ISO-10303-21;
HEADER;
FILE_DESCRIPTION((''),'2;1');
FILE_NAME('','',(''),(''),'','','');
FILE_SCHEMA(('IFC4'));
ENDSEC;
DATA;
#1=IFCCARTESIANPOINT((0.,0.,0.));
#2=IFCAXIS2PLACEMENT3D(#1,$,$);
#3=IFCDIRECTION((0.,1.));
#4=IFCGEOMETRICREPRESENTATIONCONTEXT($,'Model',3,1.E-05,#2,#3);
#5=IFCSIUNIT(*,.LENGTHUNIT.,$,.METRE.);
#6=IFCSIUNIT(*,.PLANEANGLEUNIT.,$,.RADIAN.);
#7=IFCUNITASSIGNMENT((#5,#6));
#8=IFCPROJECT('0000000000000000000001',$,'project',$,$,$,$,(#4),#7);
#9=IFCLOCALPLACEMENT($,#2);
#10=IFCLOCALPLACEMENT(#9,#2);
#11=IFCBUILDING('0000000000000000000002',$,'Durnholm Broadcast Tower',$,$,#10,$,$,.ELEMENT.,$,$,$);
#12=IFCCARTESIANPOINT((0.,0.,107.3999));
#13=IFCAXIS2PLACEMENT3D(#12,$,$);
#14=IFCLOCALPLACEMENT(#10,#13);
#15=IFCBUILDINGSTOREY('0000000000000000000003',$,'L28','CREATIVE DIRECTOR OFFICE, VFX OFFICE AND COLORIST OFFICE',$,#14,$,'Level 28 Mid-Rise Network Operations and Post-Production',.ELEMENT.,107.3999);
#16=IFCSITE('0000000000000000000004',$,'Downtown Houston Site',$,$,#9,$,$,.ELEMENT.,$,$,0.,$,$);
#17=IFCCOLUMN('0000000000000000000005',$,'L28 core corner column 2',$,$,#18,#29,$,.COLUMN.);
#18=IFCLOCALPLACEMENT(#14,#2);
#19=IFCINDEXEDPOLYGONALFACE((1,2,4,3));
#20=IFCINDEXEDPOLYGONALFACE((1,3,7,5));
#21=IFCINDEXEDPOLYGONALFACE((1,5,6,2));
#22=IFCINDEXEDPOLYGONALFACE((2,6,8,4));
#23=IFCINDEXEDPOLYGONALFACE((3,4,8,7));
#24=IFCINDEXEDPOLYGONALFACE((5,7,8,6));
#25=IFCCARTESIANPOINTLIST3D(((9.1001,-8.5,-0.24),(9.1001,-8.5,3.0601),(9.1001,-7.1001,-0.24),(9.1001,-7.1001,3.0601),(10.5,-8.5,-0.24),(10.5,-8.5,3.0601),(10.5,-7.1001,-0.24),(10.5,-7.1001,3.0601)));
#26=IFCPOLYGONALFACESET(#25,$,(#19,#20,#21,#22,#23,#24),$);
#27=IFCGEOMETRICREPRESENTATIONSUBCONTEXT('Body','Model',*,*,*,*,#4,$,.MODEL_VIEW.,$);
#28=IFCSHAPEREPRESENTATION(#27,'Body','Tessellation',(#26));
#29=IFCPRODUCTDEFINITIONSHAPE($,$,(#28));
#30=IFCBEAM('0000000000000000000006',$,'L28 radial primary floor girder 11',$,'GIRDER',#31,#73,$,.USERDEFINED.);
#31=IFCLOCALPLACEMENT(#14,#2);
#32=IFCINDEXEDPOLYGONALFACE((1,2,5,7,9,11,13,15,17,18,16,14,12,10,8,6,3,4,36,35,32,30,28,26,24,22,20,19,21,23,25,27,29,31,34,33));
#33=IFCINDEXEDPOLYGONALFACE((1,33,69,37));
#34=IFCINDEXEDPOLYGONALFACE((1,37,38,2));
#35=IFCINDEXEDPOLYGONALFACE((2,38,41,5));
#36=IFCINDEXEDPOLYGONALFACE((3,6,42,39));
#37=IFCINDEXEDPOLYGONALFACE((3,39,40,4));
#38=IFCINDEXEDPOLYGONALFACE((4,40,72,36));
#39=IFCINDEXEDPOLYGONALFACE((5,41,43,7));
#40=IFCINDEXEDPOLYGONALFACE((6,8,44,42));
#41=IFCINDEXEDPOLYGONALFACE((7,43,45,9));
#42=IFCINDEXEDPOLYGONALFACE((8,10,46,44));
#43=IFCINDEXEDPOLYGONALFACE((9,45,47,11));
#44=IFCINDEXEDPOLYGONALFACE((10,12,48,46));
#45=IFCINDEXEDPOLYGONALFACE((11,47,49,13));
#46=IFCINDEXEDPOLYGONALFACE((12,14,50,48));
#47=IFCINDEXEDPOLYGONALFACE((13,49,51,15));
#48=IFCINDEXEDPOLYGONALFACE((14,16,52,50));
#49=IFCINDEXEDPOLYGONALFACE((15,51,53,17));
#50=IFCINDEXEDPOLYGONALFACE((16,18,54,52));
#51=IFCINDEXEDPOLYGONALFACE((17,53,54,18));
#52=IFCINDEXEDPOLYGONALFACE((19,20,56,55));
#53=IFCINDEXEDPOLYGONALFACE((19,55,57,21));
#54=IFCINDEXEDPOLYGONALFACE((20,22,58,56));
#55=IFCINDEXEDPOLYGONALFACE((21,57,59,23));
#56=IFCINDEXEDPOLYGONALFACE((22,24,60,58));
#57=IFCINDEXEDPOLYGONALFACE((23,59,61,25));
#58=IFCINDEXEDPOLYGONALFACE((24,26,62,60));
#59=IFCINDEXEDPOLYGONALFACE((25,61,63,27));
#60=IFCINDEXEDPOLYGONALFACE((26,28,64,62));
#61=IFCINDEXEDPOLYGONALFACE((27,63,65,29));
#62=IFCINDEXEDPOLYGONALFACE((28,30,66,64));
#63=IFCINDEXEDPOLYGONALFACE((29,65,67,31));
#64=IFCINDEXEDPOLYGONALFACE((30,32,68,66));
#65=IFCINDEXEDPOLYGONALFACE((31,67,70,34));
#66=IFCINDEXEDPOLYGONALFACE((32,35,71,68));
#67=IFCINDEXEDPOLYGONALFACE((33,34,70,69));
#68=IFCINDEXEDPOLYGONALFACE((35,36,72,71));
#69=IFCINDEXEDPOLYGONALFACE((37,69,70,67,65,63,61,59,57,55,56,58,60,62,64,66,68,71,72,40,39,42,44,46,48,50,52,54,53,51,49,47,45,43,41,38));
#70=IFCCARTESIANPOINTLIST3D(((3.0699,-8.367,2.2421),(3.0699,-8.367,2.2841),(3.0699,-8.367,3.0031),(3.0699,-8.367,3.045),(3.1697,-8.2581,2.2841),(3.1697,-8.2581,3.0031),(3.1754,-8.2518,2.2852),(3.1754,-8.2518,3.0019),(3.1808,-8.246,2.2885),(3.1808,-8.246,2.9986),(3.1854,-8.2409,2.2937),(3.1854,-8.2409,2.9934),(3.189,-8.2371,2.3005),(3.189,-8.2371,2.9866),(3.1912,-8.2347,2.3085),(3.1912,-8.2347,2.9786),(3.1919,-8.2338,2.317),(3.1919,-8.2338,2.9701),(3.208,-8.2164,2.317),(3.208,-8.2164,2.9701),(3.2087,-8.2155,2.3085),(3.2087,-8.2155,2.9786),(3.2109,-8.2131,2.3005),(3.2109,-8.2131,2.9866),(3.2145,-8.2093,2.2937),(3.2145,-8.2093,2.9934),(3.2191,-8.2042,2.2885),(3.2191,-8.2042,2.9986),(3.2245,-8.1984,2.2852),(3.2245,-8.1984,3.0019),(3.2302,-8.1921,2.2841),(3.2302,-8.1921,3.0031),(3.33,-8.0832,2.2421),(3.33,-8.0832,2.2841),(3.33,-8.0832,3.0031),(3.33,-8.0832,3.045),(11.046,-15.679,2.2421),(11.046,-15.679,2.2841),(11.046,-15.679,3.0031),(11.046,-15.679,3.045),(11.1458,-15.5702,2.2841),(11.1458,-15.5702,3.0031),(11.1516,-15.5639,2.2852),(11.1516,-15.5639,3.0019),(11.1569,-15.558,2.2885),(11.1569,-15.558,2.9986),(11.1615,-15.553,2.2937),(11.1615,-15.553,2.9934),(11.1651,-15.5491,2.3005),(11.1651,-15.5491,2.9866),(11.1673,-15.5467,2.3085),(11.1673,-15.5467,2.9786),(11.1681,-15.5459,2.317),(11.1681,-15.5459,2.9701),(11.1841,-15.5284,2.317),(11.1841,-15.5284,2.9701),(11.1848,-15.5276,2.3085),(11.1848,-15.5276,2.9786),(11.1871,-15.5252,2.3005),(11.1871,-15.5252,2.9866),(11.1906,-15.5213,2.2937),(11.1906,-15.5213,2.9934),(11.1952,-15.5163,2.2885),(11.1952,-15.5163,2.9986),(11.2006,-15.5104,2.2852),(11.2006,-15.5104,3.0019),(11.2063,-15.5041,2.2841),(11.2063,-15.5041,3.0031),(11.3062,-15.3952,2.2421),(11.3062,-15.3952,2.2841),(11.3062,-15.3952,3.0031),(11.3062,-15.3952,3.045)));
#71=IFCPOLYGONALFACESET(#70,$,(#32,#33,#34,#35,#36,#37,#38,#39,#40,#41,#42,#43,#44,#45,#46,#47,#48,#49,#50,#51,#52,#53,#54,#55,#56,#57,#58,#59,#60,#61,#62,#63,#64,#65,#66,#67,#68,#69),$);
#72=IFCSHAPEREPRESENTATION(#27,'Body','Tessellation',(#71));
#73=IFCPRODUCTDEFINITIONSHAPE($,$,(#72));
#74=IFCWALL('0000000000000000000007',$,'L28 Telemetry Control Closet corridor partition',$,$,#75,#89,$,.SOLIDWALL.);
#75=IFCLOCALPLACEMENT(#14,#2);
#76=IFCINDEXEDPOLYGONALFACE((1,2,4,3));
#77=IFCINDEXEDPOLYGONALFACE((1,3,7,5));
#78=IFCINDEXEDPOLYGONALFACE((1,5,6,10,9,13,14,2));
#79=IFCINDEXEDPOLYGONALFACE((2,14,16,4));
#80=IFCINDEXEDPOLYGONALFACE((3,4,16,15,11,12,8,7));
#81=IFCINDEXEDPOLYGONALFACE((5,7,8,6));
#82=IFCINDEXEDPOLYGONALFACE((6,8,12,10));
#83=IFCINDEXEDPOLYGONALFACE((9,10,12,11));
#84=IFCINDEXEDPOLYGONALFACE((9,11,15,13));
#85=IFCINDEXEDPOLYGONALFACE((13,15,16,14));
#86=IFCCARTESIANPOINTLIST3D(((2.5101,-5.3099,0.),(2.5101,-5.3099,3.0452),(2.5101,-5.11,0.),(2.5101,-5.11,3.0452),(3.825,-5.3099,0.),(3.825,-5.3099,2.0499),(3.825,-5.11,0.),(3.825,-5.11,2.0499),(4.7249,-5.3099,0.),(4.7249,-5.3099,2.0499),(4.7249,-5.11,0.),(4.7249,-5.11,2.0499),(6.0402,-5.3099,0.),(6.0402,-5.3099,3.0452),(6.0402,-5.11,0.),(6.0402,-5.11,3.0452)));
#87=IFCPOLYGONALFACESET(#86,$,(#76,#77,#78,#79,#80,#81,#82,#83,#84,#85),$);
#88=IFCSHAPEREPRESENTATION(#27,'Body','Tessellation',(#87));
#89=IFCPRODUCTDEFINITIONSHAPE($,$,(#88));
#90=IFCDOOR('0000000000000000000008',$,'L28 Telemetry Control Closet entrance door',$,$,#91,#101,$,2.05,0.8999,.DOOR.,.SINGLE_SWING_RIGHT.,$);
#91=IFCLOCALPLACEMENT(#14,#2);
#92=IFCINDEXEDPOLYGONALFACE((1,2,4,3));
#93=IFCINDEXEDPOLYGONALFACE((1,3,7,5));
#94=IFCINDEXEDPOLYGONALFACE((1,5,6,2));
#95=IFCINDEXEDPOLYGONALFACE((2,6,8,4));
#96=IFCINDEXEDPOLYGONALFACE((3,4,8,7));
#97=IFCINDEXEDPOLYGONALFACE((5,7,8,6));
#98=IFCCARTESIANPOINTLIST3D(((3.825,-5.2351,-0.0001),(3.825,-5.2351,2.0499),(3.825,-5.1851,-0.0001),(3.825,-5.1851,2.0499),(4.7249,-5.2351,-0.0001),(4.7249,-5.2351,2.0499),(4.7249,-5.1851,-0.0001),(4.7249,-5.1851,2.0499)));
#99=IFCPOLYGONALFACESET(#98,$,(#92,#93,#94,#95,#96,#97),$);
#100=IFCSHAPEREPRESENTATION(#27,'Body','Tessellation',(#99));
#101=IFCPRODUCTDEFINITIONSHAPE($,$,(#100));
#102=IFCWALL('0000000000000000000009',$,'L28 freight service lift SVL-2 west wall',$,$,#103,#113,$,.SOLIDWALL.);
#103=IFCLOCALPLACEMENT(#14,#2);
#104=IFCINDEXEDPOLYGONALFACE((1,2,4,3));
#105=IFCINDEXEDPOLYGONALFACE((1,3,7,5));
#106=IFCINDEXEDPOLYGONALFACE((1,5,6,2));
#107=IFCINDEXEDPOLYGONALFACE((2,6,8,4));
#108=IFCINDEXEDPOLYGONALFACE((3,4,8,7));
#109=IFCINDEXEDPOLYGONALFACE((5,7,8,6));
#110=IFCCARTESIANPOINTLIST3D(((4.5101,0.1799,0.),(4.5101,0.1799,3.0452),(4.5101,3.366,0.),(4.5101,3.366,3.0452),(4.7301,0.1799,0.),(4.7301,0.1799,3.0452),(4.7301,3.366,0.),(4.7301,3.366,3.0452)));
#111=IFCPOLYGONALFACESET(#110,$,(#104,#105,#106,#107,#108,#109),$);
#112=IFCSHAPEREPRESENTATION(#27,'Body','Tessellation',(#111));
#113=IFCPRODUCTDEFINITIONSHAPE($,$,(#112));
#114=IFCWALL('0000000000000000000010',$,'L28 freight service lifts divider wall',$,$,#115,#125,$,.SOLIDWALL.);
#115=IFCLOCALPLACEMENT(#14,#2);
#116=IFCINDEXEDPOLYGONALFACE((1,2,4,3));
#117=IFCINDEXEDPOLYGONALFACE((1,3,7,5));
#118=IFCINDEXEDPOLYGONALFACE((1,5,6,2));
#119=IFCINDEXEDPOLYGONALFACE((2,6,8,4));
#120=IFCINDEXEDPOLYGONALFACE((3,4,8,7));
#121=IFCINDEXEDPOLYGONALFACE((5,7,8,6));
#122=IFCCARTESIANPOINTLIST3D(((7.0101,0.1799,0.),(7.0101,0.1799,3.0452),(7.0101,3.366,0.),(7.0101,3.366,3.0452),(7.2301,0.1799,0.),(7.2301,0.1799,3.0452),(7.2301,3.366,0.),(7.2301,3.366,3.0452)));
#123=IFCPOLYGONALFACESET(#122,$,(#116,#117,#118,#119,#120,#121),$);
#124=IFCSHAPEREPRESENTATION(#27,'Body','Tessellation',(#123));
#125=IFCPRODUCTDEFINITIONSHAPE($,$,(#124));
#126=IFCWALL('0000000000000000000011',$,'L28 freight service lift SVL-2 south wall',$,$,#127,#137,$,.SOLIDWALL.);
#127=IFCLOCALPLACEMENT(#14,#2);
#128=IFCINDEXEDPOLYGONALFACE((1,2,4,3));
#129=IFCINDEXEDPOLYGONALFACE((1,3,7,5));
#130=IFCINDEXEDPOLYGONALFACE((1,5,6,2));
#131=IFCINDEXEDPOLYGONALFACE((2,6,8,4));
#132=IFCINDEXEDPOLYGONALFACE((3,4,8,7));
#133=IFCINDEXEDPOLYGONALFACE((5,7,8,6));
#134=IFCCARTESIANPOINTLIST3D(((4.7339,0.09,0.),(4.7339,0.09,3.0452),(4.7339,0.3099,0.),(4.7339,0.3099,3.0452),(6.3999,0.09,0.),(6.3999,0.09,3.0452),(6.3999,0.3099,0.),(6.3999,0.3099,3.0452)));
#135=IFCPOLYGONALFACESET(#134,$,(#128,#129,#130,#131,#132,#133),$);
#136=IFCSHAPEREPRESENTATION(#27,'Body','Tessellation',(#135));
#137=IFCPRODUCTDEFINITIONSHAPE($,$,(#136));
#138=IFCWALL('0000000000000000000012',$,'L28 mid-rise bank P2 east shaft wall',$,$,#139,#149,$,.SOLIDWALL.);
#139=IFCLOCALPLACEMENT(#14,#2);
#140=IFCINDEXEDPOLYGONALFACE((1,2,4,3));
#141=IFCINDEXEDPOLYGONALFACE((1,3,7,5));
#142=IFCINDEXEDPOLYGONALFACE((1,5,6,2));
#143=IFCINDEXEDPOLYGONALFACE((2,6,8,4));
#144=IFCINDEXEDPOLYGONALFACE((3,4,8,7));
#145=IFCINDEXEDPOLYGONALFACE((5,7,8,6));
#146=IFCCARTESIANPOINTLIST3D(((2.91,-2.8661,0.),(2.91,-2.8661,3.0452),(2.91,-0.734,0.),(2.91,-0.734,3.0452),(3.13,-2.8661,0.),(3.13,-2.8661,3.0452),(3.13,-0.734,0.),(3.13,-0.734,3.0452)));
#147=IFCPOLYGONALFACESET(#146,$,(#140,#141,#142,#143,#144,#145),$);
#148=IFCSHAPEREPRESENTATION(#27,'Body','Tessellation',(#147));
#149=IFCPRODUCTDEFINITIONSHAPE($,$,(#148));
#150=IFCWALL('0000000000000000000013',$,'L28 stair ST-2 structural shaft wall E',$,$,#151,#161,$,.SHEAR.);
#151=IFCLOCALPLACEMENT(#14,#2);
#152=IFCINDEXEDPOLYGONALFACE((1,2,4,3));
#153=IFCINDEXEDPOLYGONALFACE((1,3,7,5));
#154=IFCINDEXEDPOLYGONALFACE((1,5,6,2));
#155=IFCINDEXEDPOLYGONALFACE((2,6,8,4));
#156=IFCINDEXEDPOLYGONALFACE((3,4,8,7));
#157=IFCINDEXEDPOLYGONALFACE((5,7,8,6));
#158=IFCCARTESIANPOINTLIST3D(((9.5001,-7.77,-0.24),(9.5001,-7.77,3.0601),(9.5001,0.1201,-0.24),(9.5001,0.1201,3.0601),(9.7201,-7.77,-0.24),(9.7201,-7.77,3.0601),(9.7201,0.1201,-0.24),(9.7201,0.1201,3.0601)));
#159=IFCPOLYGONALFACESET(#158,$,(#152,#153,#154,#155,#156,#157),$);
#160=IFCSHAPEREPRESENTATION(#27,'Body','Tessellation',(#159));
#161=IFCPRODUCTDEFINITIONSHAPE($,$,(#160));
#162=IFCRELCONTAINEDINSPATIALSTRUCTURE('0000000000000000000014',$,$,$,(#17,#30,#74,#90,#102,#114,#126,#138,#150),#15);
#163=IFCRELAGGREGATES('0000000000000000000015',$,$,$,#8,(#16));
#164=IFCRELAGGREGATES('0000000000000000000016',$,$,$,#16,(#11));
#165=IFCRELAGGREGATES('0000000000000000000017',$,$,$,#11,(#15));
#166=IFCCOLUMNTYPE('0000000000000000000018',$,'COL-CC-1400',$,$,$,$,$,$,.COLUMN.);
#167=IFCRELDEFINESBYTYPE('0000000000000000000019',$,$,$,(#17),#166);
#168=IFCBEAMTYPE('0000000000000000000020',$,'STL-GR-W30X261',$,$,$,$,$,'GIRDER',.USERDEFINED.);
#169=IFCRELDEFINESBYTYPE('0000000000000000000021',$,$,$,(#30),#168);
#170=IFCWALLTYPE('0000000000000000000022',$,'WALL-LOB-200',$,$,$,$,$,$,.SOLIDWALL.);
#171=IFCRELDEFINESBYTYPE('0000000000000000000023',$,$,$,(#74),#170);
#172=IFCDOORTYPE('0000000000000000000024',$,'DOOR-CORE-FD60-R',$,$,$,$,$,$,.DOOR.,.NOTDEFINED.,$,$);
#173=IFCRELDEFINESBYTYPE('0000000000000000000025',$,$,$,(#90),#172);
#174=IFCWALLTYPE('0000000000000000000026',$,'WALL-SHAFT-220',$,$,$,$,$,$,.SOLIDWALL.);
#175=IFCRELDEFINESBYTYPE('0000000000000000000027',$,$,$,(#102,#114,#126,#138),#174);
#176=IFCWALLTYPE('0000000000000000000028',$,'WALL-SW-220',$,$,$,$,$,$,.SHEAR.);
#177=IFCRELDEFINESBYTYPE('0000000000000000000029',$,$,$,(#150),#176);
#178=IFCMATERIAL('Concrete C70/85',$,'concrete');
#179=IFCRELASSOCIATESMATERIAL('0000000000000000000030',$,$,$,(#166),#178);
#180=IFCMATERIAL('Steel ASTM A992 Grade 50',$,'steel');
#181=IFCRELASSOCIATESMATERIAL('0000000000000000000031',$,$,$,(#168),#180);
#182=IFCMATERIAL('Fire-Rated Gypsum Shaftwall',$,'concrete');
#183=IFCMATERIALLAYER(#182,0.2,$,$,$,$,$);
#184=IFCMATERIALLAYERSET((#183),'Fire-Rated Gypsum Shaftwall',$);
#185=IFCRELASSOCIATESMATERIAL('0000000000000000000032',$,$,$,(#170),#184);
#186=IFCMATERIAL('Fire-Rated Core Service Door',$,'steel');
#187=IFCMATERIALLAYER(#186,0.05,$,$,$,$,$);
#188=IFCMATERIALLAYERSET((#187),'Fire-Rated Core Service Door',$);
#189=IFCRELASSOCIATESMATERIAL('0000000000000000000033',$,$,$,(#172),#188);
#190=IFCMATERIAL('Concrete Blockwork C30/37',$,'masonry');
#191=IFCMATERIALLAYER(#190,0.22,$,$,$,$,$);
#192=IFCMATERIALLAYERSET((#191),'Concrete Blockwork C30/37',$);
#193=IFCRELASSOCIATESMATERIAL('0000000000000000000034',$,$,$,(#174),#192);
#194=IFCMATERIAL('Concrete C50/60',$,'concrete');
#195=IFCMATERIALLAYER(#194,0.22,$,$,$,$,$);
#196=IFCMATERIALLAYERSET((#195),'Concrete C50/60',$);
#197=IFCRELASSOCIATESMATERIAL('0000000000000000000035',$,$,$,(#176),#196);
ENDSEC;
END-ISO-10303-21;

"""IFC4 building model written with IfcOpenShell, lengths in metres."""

from ifc_helpers import new_model, si_unit, direction, frame, frame_2d, origin, origin_2d, place, context, subcontext, project, spatial, rectangle, i_section, extrude, source, transform, mapped, material, layer, layer_set, material_profile, profile_set, type_object, type_shapes, element, fill, save


model = new_model("IFC4")

# Units and contexts
model_context = context("Model", 3, precision=1e-05, world=origin(), true_north=direction((0.0, 1.0)))
body_context = subcontext(model_context, "Body", "Model", "MODEL_VIEW")
ifc_project = project(units=[si_unit("LENGTHUNIT", "METRE"), si_unit("PLANEANGLEUNIT", "RADIAN")], contexts=[model_context])

# Site, building, storey
site_placement = place(None, origin())
site = spatial("IfcSite", under=ifc_project, at=site_placement, Name="Downtown Houston Site", CompositionType="ELEMENT", RefElevation=0.0)
building_placement = place(site_placement, origin())
building = spatial("IfcBuilding", under=site, at=building_placement, Name="Durnholm Broadcast Tower", CompositionType="ELEMENT")
storey_placement = place(building_placement, frame((0.0, 0.0, 107.3999)))
storey = spatial("IfcBuildingStorey", under=building, at=storey_placement, Name="L28", Description="CREATIVE DIRECTOR OFFICE, VFX OFFICE AND COLORIST OFFICE", LongName="Level 28 Mid-Rise Network Operations and Post-Production", CompositionType="ELEMENT", Elevation=107.3999)

# Column
ifc_material_1 = material(Name="Concrete C70/85", Category="concrete")
ifc_material_profile_1 = material_profile(ifc_material_1, rectangle(XDim=1.3999, YDim=1.3999, at=origin_2d()), Name="RC1400X1400")
ifc_profile_set_1 = profile_set([ifc_material_profile_1], Name="Concrete C70/85")
column_type = type_object("IfcColumnType", Name="COL-CC-1400", PredefinedType="COLUMN", material=ifc_profile_set_1)
shared_shape_1 = source(origin(), body_context, "Body", "SweptSolid", [
    extrude(rectangle(XDim=1.3999, YDim=1.3999, at=origin_2d()), origin(), (0.0, 0.0, 1.0), 3.3),
])
type_shapes(column_type, [shared_shape_1])
column_placement = place(storey_placement, frame((9.8, -7.8, -0.24), z_axis=(0.0, 0.0, 1.0), x_axis=(1.0, 0.0, 0.0)))
element("IfcColumn", 1, at=column_placement, inside=storey, type_object=column_type, Name="L28 core corner column 2", PredefinedType="COLUMN", context=body_context, shape_type="MappedRepresentation", body=[
    mapped(shared_shape_1, transform((0.0, 0.0, 0.0), x_axis=(1.0, 0.0, 0.0), y_axis=(0.0, 1.0, 0.0), z_axis=(0.0, 0.0, 1.0), scale=1.0)),
])

# Beam
ifc_material_2 = material(Name="Steel ASTM A992 Grade 50", Category="steel")
ifc_material_profile_2 = material_profile(ifc_material_2, i_section(OverallWidth=0.385, OverallDepth=0.803, WebThickness=0.0237, FlangeThickness=0.042, FilletRadius=0.033, at=origin_2d()), Name="W30X261")
ifc_profile_set_2 = profile_set([ifc_material_profile_2], Name="Steel ASTM A992 Grade 50")
beam_type = type_object("IfcBeamType", Name="STL-GR-W30X261", ElementType="GIRDER", PredefinedType="USERDEFINED", material=ifc_profile_set_2)
shared_shape_2 = source(origin(), body_context, "Body", "SweptSolid", [
    extrude(i_section(OverallWidth=0.385, OverallDepth=0.803, WebThickness=0.0237, FlangeThickness=0.042, FilletRadius=0.033, at=origin_2d()), origin(), (0.0, 0.0, 1.0), 10.8206),
])
type_shapes(beam_type, [shared_shape_2])
beam_placement = place(storey_placement, frame((3.2, -8.2251, 2.6436), z_axis=(0.737126, -0.675755, 0.0), x_axis=(0.675755, 0.737126, 0.0)))
element("IfcBeam", 2, at=beam_placement, inside=storey, type_object=beam_type, Name="L28 radial primary floor girder 11", ObjectType="GIRDER", PredefinedType="USERDEFINED", context=body_context, shape_type="MappedRepresentation", body=[
    mapped(shared_shape_2, transform((0.0, 0.0, 0.0), x_axis=(1.0, 0.0, 0.0), y_axis=(0.0, 1.0, 0.0), z_axis=(0.0, 0.0, 1.0), scale=1.0)),
])

# Wall, opening, door
ifc_material_3 = material(Name="Fire-Rated Gypsum Shaftwall", Category="concrete")
ifc_layer_1 = layer(ifc_material_3, 0.2)
ifc_layer_set_1 = layer_set([ifc_layer_1], Name="Fire-Rated Gypsum Shaftwall")
wall_type_1 = type_object("IfcWallType", Name="WALL-LOB-200", PredefinedType="SOLIDWALL", material=ifc_layer_set_1)
wall_1_placement = place(storey_placement, frame((2.51, -5.21, 0.0), z_axis=(0.0, 0.0, 1.0), x_axis=(1.0, 0.0, 0.0)))
wall_1 = element("IfcWall", 3, at=wall_1_placement, inside=storey, type_object=wall_type_1, Name="L28 Telemetry Control Closet corridor partition", PredefinedType="SOLIDWALL", context=body_context, shape_type="SweptSolid", body=[
    extrude(rectangle(XDim=3.53, YDim=0.2, at=frame_2d((1.7651, 0.0))), origin(), (0.0, 0.0, 1.0), 3.0452),
])
opening_1_placement = place(wall_1_placement, frame((1.3149, 0.0, 0.0)))
opening_1 = element("IfcOpeningElement", 4, at=opening_1_placement, cuts=wall_1, PredefinedType="OPENING", context=body_context, shape_type="SweptSolid", body=[
    extrude(rectangle(XDim=0.8999, YDim=2.05, at=frame_2d((0.45, 1.0249))), frame((0.0, 0.1099, 0.0), z_axis=(0.0, -1.0, 0.0), x_axis=(1.0, 0.0, 0.0)), (0.0, 0.0, 1.0), 0.22),
])
ifc_material_4 = material(Name="Fire-Rated Core Service Door", Category="steel")
ifc_layer_2 = layer(ifc_material_4, 0.05)
ifc_layer_set_2 = layer_set([ifc_layer_2], Name="Fire-Rated Core Service Door")
door_type_1 = type_object("IfcDoorType", Name="DOOR-CORE-FD60-R", OperationType="NOTDEFINED", PredefinedType="DOOR", material=ifc_layer_set_2)
shared_shape_3 = source(origin(), body_context, "Body", "SweptSolid", [
    extrude(rectangle(XDim=0.8999, YDim=2.05, at=frame_2d((0.45, 1.0249))), frame((0.0, 0.0249, 0.0), z_axis=(0.0, -1.0, 0.0), x_axis=(1.0, 0.0, 0.0)), (0.0, 0.0, 1.0), 0.05),
])
type_shapes(door_type_1, [shared_shape_3])
door_1_placement = place(opening_1_placement, origin())
door_1 = element("IfcDoor", 5, at=door_1_placement, inside=storey, type_object=door_type_1, Name="L28 Telemetry Control Closet entrance door", OperationType="SINGLE_SWING_RIGHT", OverallHeight=2.05, OverallWidth=0.8999, PredefinedType="DOOR", context=body_context, shape_type="MappedRepresentation", body=[
    mapped(shared_shape_3, transform((0.0, 0.0, 0.0), x_axis=(1.0, 0.0, 0.0), y_axis=(0.0, 1.0, 0.0), z_axis=(0.0, 0.0, 1.0), scale=1.0)),
])
fill(opening_1, door_1)

# Walls
ifc_material_5 = material(Name="Concrete Blockwork C30/37", Category="masonry")
ifc_layer_3 = layer(ifc_material_5, 0.22)
ifc_layer_set_3 = layer_set([ifc_layer_3], Name="Concrete Blockwork C30/37")
wall_type_2 = type_object("IfcWallType", Name="WALL-SHAFT-220", PredefinedType="SOLIDWALL", material=ifc_layer_set_3)
for number, where, z_axis, x_axis, name in (
    (6, (4.6201, 0.1799, 0.0), (0.0, 0.0, 1.0), (0.0, 1.0, 0.0), "L28 freight service lift SVL-2 west wall"),
    (7, (7.1201, 0.1799, 0.0), (0.0, 0.0, 1.0), (0.0, 1.0, 0.0), "L28 freight service lifts divider wall"),
):
    element("IfcWall", number, at=place(storey_placement, frame(where, z_axis=z_axis, x_axis=x_axis)), inside=storey, type_object=wall_type_2, Name=name, PredefinedType="SOLIDWALL", context=body_context, shape_type="SweptSolid", body=[
        extrude(rectangle(XDim=3.186, YDim=0.22, at=frame_2d((1.593, 0.0))), origin(), (0.0, 0.0, 1.0), 3.0452),
    ])
wall_2_placement = place(storey_placement, frame((4.7339, 0.2, 0.0), z_axis=(0.0, 0.0, 1.0), x_axis=(1.0, 0.0, 0.0)))
element("IfcWall", 8, at=wall_2_placement, inside=storey, type_object=wall_type_2, Name="L28 freight service lift SVL-2 south wall", PredefinedType="SOLIDWALL", context=body_context, shape_type="SweptSolid", body=[
    extrude(rectangle(XDim=1.666, YDim=0.22, at=frame_2d((0.833, 0.0))), origin(), (0.0, 0.0, 1.0), 3.0452),
])
wall_3_placement = place(storey_placement, frame((3.02, -2.866, 0.0), z_axis=(0.0, 0.0, 1.0), x_axis=(0.0, 1.0, 0.0)))
element("IfcWall", 9, at=wall_3_placement, inside=storey, type_object=wall_type_2, Name="L28 mid-rise bank P2 east shaft wall", PredefinedType="SOLIDWALL", context=body_context, shape_type="SweptSolid", body=[
    extrude(rectangle(XDim=2.1321, YDim=0.22, at=frame_2d((1.0659, 0.0))), origin(), (0.0, 0.0, 1.0), 3.0452),
])
ifc_material_6 = material(Name="Concrete C50/60", Category="concrete")
ifc_layer_4 = layer(ifc_material_6, 0.22)
ifc_layer_set_4 = layer_set([ifc_layer_4], Name="Concrete C50/60")
wall_type_3 = type_object("IfcWallType", Name="WALL-SW-220", PredefinedType="SHEAR", material=ifc_layer_set_4)
wall_4_placement = place(storey_placement, frame((9.6101, -7.77, -0.24), z_axis=(0.0, 0.0, 1.0), x_axis=(0.0, 1.0, 0.0)))
element("IfcWall", 10, at=wall_4_placement, inside=storey, type_object=wall_type_3, Name="L28 stair ST-2 structural shaft wall E", PredefinedType="SHEAR", context=body_context, shape_type="SweptSolid", body=[
    extrude(rectangle(XDim=7.8901, YDim=0.22, at=frame_2d((3.9451, 0.0))), origin(), (0.0, 0.0, 1.0), 3.3),
])

save(model, "model.ifc")
